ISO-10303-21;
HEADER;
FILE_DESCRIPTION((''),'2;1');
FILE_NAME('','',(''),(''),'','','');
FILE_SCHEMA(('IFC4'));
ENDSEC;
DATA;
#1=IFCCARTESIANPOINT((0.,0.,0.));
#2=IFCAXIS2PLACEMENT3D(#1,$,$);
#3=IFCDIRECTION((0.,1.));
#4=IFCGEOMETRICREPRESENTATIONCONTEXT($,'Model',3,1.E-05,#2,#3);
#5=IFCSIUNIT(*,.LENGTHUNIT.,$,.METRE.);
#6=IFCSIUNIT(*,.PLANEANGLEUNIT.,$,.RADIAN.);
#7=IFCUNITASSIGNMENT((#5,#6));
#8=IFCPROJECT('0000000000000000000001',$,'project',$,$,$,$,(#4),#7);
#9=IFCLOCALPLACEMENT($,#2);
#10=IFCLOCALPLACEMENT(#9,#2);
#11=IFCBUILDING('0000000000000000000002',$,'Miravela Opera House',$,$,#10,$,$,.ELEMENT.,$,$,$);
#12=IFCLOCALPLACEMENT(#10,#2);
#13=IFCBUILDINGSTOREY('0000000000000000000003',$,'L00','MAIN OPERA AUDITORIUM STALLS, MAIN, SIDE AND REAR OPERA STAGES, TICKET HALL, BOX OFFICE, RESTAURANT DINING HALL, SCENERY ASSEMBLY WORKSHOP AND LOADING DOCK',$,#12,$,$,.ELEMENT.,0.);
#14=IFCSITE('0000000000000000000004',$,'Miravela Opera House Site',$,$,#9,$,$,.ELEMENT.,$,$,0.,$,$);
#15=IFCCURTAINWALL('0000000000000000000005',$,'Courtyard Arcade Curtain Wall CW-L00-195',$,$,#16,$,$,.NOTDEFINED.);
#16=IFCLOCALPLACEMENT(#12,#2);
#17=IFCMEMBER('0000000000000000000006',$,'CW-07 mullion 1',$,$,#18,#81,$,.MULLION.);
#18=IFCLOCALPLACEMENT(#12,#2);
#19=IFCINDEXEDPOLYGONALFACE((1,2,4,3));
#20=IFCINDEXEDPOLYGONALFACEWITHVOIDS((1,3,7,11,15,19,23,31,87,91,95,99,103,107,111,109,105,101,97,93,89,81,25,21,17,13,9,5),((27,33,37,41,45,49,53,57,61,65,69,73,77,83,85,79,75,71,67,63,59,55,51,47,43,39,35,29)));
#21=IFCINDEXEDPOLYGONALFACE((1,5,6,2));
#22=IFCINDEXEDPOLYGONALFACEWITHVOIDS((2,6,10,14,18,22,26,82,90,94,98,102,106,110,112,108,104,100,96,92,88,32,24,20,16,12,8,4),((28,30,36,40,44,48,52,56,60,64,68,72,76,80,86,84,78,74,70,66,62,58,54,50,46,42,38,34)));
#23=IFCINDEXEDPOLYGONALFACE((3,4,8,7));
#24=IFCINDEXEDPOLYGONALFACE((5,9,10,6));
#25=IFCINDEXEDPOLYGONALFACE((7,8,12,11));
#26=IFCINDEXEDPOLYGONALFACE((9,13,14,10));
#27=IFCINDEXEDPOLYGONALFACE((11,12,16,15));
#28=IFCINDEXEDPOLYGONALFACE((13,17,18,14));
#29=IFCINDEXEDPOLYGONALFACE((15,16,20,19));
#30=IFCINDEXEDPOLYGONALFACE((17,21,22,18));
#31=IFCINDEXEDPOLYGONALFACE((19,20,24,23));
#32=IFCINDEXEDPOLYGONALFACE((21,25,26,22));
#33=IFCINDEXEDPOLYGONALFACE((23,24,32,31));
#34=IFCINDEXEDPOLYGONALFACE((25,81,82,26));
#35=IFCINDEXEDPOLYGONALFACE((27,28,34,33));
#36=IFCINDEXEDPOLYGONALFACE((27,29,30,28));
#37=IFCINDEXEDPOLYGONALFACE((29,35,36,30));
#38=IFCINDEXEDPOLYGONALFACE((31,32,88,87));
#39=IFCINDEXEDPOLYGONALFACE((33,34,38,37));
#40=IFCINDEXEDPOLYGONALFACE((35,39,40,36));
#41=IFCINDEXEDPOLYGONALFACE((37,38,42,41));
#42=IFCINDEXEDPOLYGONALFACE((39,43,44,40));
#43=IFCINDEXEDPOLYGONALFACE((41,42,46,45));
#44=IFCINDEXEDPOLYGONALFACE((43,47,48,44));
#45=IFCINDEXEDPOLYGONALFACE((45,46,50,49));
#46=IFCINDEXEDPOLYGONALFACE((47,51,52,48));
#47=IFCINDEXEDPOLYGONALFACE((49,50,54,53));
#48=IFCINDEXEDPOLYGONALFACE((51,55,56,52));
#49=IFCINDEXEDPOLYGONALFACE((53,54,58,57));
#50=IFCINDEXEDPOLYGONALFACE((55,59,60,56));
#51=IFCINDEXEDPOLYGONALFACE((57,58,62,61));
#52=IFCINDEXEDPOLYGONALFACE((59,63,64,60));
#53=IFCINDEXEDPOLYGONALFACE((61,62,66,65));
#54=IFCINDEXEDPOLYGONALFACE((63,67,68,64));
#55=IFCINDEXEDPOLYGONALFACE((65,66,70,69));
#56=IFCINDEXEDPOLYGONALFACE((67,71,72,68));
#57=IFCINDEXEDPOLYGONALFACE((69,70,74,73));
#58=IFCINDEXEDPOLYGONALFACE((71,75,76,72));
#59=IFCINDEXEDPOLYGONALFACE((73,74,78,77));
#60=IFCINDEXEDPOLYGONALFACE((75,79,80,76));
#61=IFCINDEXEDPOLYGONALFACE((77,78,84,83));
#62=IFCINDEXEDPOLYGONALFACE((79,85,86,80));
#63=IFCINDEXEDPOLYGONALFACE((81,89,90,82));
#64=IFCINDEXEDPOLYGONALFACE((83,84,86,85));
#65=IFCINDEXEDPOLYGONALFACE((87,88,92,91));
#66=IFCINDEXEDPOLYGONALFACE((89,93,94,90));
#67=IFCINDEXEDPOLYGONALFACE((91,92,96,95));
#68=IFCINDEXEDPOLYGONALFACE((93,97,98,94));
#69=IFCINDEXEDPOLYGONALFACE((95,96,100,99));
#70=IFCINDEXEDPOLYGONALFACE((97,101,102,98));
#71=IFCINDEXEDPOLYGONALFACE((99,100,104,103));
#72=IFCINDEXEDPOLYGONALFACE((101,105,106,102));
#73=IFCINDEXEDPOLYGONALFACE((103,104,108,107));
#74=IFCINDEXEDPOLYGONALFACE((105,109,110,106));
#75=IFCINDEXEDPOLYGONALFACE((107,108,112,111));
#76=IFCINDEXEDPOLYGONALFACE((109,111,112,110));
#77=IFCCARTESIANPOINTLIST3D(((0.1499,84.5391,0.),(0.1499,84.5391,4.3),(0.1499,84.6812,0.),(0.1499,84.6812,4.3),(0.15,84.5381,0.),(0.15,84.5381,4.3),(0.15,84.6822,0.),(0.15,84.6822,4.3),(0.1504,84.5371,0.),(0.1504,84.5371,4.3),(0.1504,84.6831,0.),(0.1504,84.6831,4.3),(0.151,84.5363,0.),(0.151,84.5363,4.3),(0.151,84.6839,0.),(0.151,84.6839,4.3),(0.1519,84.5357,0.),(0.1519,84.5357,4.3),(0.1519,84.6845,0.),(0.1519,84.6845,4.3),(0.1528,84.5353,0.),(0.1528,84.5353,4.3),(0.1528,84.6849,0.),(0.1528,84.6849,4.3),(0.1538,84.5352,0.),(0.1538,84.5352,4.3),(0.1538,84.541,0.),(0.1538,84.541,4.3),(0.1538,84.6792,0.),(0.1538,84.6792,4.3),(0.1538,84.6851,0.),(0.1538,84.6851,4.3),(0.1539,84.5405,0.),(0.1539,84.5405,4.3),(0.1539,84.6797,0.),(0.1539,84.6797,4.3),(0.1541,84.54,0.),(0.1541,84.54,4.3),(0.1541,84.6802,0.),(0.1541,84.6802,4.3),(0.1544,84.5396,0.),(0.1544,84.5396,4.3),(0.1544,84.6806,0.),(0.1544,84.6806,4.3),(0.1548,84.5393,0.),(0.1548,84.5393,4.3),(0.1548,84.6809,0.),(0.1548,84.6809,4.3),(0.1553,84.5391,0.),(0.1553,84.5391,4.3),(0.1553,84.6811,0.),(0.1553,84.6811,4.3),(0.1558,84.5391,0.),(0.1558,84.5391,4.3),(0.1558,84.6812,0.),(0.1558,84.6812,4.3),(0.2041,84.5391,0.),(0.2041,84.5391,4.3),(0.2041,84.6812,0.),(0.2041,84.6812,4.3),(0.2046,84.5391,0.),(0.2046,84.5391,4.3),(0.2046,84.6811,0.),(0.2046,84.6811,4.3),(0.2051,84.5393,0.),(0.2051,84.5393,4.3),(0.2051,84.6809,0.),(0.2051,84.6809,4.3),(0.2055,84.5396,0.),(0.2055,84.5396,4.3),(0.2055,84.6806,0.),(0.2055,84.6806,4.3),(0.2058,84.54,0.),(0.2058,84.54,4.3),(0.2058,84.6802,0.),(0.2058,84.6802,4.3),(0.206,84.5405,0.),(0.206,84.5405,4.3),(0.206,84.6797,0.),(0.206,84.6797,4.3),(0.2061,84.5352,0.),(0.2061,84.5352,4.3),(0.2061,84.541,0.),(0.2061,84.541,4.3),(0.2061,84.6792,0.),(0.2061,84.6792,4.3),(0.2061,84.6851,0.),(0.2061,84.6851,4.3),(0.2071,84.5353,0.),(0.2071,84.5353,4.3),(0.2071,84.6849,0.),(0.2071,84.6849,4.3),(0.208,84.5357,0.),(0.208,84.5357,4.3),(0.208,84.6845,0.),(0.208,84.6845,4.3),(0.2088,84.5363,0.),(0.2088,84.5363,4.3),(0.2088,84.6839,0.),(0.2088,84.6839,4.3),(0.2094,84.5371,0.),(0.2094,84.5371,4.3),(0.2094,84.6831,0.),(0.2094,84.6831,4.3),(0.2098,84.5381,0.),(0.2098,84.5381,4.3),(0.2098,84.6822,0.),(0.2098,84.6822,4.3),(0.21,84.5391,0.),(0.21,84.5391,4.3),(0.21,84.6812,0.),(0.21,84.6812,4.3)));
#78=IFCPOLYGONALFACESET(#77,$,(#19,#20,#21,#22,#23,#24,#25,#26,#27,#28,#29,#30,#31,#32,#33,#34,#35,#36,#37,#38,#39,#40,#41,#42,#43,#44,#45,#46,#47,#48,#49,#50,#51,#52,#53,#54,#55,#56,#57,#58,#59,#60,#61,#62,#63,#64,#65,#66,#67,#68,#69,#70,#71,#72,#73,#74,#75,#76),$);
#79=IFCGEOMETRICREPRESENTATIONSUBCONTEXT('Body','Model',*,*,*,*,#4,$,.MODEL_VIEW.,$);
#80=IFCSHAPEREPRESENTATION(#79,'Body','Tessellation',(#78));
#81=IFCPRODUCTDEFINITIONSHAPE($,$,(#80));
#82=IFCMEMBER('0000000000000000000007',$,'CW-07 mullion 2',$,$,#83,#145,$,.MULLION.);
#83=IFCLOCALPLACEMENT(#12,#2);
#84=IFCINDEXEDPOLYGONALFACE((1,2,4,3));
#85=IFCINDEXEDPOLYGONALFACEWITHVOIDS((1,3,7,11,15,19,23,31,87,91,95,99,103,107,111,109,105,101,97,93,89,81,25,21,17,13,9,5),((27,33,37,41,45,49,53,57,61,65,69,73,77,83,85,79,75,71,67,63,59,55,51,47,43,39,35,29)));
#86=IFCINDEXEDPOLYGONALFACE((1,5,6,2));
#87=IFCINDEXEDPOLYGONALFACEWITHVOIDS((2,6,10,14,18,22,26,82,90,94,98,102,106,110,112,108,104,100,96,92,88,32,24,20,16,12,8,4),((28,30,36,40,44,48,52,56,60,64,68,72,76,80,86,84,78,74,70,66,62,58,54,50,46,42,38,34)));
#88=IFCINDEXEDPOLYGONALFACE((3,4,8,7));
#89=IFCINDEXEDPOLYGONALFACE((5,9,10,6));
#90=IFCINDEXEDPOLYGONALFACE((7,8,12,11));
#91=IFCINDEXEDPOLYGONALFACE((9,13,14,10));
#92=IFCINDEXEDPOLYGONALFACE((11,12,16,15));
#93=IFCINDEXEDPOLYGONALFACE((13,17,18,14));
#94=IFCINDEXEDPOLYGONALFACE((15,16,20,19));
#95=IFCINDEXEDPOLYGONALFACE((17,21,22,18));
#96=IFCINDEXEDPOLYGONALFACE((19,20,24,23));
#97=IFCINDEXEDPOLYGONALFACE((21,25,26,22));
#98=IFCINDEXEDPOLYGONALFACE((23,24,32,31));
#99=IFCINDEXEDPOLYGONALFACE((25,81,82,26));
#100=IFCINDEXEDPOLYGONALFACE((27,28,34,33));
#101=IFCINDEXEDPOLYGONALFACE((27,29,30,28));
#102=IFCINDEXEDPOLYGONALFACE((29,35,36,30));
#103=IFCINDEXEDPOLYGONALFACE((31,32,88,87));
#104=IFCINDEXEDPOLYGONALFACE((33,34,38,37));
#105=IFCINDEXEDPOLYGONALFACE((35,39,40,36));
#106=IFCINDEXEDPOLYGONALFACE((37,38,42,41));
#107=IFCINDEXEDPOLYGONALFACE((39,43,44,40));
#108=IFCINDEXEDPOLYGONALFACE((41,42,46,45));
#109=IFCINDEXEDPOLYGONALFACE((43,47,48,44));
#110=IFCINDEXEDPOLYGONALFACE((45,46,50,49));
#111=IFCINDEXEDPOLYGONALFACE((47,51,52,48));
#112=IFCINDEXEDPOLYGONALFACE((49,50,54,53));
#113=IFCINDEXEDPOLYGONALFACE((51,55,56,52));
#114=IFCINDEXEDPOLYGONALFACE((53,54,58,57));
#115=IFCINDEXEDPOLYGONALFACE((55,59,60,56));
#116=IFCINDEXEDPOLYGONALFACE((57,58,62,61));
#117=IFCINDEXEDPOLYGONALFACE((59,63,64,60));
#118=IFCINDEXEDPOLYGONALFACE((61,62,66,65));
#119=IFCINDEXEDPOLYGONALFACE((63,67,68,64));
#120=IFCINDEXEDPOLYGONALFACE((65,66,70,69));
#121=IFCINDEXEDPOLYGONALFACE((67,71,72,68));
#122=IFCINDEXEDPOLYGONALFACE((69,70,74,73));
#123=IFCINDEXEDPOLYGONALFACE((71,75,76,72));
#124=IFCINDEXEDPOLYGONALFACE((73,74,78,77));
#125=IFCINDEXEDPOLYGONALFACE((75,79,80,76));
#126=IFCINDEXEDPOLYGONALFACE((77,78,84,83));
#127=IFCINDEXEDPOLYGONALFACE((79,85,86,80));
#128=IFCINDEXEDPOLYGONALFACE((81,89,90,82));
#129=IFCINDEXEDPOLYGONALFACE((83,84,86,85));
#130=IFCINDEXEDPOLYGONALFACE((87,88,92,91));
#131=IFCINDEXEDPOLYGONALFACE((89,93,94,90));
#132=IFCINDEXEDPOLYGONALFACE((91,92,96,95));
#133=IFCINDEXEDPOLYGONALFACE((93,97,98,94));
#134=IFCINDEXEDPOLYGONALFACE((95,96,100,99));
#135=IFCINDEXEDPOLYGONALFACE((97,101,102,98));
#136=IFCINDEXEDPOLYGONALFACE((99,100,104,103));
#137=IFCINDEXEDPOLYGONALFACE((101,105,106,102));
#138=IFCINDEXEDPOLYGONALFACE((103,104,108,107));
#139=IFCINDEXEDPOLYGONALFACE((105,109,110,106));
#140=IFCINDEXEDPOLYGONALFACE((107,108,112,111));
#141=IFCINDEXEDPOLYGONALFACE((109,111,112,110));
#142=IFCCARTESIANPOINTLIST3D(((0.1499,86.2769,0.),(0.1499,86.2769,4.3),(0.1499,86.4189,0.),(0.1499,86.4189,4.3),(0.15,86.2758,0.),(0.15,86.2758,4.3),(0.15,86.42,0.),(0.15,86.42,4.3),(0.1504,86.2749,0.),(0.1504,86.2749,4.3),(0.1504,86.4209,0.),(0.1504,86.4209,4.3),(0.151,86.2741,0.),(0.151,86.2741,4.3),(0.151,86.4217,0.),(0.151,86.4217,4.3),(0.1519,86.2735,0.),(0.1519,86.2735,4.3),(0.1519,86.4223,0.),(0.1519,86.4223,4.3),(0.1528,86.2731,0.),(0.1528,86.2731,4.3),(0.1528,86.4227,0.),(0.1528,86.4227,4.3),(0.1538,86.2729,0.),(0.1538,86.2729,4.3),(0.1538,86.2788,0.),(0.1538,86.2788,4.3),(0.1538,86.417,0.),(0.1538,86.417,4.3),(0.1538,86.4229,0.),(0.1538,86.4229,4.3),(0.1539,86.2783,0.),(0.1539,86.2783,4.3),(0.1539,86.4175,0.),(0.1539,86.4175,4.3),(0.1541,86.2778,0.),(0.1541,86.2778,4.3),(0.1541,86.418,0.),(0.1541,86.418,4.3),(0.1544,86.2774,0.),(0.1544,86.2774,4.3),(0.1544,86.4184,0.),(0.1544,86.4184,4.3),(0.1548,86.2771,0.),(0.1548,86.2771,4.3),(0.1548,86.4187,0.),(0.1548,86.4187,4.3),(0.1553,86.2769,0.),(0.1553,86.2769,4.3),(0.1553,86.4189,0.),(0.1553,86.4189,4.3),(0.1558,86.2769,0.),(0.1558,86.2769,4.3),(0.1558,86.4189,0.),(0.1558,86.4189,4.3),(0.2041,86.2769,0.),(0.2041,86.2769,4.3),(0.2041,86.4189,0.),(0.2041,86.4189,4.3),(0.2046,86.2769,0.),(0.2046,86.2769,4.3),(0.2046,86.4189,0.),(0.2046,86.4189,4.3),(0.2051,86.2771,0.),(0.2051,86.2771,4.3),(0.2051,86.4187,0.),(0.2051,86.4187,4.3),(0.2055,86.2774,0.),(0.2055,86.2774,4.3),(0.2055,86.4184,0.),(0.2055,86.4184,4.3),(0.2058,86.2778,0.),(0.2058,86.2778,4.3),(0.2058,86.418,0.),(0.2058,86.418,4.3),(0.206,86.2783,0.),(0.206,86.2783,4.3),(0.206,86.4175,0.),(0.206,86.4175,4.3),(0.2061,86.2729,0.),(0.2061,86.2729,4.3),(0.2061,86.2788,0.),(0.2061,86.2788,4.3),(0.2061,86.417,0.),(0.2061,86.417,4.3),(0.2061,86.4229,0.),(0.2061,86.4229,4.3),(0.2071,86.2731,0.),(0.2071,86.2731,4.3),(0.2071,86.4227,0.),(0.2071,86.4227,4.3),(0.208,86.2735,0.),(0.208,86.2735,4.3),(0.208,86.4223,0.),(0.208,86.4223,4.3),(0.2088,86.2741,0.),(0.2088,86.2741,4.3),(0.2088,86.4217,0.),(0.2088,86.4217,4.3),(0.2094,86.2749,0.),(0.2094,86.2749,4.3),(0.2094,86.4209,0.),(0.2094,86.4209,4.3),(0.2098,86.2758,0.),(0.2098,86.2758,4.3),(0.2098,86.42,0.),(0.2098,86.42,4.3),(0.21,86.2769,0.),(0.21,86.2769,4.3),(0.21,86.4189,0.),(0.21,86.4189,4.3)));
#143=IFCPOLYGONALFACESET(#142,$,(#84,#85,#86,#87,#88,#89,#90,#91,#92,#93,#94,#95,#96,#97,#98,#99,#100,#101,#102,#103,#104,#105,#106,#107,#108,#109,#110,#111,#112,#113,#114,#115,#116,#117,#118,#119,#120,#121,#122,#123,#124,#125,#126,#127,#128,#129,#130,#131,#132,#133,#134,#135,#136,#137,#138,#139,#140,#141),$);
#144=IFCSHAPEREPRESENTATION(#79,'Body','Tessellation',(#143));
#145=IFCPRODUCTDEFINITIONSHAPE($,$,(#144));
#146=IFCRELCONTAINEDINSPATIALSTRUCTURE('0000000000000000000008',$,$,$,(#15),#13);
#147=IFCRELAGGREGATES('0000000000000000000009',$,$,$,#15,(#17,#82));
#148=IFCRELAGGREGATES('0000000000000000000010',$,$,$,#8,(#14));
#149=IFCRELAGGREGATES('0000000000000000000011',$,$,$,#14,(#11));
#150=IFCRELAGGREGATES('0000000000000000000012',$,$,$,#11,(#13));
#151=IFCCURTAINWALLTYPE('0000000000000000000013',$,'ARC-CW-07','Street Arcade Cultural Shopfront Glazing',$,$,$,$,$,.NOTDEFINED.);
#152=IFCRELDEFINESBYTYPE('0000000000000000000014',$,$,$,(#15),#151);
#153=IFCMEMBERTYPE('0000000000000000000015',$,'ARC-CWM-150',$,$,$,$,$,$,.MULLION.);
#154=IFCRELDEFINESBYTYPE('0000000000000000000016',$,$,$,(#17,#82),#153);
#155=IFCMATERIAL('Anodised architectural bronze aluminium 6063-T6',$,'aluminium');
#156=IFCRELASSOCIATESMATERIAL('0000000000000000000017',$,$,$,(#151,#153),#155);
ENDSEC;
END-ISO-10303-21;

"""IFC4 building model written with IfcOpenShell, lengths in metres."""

from ifc_helpers import new_model, si_unit, direction, frame, origin, origin_2d, place, context, subcontext, project, spatial, hollow_rectangle, extrude, material, material_profile, profile_set, type_object, element, aggregate, save


model = new_model("IFC4")

# Units and contexts
model_context = context("Model", 3, precision=1e-05, world=origin(), true_north=direction((0.0, 1.0)))
body_context = subcontext(model_context, "Body", "Model", "MODEL_VIEW")
ifc_project = project(units=[si_unit("LENGTHUNIT", "METRE"), si_unit("PLANEANGLEUNIT", "RADIAN")], contexts=[model_context])

# Site, building, storey
site_placement = place(None, origin())
site = spatial("IfcSite", under=ifc_project, at=site_placement, Name="Miravela Opera House Site", CompositionType="ELEMENT", RefElevation=0.0)
building_placement = place(site_placement, origin())
building = spatial("IfcBuilding", under=site, at=building_placement, Name="Miravela Opera House", CompositionType="ELEMENT")
storey_placement = place(building_placement, origin())
storey = spatial("IfcBuildingStorey", under=building, at=storey_placement, Name="L00", Description="MAIN OPERA AUDITORIUM STALLS, MAIN, SIDE AND REAR OPERA STAGES, TICKET HALL, BOX OFFICE, RESTAURANT DINING HALL, SCENERY ASSEMBLY WORKSHOP AND LOADING DOCK", CompositionType="ELEMENT", Elevation=0.0)

# Curtain wall, members
ifc_material_1 = material(Name="Anodised architectural bronze aluminium 6063-T6", Category="aluminium")
curtain_wall_type = type_object("IfcCurtainWallType", Name="ARC-CW-07", Description="Street Arcade Cultural Shopfront Glazing", PredefinedType="NOTDEFINED", material=ifc_material_1)
curtain_wall_placement = place(storey_placement, origin())
curtain_wall = element("IfcCurtainWall", 1, at=curtain_wall_placement, inside=storey, type_object=curtain_wall_type, Name="Courtyard Arcade Curtain Wall CW-L00-195", PredefinedType="NOTDEFINED")
ifc_material_profile_1 = material_profile(ifc_material_1, hollow_rectangle(XDim=0.0601, YDim=0.1499, WallThickness=0.0039, InnerFilletRadius=0.002, OuterFilletRadius=0.0039, at=origin_2d()), Name="CWM-60X150")
ifc_profile_set_1 = profile_set([ifc_material_profile_1])
member_type_1 = type_object("IfcMemberType", Name="ARC-CWM-150", PredefinedType="MULLION", material=ifc_profile_set_1)
member_1_placement = place(storey_placement, frame((0.1799, 84.6101, 0.0), z_axis=(0.0, 0.0, 1.0), x_axis=(-1.0, 0.0, 0.0)))
member_1 = element("IfcMember", 2, at=member_1_placement, type_object=member_type_1, Name="CW-07 mullion 1", PredefinedType="MULLION", context=body_context, shape_type="SweptSolid", body=[
    extrude(hollow_rectangle(XDim=0.0601, YDim=0.1499, WallThickness=0.0039, InnerFilletRadius=0.002, OuterFilletRadius=0.0039, at=origin_2d()), origin(), (0.0, 0.0, 1.0), 4.3),
])
member_2_placement = place(storey_placement, frame((0.1799, 86.3479, 0.0), z_axis=(0.0, 0.0, 1.0), x_axis=(-1.0, 0.0, 0.0)))
member_2 = element("IfcMember", 3, at=member_2_placement, type_object=member_type_1, Name="CW-07 mullion 2", PredefinedType="MULLION", context=body_context, shape_type="SweptSolid", body=[
    extrude(hollow_rectangle(XDim=0.0601, YDim=0.1499, WallThickness=0.0039, InnerFilletRadius=0.002, OuterFilletRadius=0.0039, at=origin_2d()), origin(), (0.0, 0.0, 1.0), 4.3),
])

aggregate(curtain_wall, [member_1, member_2])

save(model, "model.ifc")
